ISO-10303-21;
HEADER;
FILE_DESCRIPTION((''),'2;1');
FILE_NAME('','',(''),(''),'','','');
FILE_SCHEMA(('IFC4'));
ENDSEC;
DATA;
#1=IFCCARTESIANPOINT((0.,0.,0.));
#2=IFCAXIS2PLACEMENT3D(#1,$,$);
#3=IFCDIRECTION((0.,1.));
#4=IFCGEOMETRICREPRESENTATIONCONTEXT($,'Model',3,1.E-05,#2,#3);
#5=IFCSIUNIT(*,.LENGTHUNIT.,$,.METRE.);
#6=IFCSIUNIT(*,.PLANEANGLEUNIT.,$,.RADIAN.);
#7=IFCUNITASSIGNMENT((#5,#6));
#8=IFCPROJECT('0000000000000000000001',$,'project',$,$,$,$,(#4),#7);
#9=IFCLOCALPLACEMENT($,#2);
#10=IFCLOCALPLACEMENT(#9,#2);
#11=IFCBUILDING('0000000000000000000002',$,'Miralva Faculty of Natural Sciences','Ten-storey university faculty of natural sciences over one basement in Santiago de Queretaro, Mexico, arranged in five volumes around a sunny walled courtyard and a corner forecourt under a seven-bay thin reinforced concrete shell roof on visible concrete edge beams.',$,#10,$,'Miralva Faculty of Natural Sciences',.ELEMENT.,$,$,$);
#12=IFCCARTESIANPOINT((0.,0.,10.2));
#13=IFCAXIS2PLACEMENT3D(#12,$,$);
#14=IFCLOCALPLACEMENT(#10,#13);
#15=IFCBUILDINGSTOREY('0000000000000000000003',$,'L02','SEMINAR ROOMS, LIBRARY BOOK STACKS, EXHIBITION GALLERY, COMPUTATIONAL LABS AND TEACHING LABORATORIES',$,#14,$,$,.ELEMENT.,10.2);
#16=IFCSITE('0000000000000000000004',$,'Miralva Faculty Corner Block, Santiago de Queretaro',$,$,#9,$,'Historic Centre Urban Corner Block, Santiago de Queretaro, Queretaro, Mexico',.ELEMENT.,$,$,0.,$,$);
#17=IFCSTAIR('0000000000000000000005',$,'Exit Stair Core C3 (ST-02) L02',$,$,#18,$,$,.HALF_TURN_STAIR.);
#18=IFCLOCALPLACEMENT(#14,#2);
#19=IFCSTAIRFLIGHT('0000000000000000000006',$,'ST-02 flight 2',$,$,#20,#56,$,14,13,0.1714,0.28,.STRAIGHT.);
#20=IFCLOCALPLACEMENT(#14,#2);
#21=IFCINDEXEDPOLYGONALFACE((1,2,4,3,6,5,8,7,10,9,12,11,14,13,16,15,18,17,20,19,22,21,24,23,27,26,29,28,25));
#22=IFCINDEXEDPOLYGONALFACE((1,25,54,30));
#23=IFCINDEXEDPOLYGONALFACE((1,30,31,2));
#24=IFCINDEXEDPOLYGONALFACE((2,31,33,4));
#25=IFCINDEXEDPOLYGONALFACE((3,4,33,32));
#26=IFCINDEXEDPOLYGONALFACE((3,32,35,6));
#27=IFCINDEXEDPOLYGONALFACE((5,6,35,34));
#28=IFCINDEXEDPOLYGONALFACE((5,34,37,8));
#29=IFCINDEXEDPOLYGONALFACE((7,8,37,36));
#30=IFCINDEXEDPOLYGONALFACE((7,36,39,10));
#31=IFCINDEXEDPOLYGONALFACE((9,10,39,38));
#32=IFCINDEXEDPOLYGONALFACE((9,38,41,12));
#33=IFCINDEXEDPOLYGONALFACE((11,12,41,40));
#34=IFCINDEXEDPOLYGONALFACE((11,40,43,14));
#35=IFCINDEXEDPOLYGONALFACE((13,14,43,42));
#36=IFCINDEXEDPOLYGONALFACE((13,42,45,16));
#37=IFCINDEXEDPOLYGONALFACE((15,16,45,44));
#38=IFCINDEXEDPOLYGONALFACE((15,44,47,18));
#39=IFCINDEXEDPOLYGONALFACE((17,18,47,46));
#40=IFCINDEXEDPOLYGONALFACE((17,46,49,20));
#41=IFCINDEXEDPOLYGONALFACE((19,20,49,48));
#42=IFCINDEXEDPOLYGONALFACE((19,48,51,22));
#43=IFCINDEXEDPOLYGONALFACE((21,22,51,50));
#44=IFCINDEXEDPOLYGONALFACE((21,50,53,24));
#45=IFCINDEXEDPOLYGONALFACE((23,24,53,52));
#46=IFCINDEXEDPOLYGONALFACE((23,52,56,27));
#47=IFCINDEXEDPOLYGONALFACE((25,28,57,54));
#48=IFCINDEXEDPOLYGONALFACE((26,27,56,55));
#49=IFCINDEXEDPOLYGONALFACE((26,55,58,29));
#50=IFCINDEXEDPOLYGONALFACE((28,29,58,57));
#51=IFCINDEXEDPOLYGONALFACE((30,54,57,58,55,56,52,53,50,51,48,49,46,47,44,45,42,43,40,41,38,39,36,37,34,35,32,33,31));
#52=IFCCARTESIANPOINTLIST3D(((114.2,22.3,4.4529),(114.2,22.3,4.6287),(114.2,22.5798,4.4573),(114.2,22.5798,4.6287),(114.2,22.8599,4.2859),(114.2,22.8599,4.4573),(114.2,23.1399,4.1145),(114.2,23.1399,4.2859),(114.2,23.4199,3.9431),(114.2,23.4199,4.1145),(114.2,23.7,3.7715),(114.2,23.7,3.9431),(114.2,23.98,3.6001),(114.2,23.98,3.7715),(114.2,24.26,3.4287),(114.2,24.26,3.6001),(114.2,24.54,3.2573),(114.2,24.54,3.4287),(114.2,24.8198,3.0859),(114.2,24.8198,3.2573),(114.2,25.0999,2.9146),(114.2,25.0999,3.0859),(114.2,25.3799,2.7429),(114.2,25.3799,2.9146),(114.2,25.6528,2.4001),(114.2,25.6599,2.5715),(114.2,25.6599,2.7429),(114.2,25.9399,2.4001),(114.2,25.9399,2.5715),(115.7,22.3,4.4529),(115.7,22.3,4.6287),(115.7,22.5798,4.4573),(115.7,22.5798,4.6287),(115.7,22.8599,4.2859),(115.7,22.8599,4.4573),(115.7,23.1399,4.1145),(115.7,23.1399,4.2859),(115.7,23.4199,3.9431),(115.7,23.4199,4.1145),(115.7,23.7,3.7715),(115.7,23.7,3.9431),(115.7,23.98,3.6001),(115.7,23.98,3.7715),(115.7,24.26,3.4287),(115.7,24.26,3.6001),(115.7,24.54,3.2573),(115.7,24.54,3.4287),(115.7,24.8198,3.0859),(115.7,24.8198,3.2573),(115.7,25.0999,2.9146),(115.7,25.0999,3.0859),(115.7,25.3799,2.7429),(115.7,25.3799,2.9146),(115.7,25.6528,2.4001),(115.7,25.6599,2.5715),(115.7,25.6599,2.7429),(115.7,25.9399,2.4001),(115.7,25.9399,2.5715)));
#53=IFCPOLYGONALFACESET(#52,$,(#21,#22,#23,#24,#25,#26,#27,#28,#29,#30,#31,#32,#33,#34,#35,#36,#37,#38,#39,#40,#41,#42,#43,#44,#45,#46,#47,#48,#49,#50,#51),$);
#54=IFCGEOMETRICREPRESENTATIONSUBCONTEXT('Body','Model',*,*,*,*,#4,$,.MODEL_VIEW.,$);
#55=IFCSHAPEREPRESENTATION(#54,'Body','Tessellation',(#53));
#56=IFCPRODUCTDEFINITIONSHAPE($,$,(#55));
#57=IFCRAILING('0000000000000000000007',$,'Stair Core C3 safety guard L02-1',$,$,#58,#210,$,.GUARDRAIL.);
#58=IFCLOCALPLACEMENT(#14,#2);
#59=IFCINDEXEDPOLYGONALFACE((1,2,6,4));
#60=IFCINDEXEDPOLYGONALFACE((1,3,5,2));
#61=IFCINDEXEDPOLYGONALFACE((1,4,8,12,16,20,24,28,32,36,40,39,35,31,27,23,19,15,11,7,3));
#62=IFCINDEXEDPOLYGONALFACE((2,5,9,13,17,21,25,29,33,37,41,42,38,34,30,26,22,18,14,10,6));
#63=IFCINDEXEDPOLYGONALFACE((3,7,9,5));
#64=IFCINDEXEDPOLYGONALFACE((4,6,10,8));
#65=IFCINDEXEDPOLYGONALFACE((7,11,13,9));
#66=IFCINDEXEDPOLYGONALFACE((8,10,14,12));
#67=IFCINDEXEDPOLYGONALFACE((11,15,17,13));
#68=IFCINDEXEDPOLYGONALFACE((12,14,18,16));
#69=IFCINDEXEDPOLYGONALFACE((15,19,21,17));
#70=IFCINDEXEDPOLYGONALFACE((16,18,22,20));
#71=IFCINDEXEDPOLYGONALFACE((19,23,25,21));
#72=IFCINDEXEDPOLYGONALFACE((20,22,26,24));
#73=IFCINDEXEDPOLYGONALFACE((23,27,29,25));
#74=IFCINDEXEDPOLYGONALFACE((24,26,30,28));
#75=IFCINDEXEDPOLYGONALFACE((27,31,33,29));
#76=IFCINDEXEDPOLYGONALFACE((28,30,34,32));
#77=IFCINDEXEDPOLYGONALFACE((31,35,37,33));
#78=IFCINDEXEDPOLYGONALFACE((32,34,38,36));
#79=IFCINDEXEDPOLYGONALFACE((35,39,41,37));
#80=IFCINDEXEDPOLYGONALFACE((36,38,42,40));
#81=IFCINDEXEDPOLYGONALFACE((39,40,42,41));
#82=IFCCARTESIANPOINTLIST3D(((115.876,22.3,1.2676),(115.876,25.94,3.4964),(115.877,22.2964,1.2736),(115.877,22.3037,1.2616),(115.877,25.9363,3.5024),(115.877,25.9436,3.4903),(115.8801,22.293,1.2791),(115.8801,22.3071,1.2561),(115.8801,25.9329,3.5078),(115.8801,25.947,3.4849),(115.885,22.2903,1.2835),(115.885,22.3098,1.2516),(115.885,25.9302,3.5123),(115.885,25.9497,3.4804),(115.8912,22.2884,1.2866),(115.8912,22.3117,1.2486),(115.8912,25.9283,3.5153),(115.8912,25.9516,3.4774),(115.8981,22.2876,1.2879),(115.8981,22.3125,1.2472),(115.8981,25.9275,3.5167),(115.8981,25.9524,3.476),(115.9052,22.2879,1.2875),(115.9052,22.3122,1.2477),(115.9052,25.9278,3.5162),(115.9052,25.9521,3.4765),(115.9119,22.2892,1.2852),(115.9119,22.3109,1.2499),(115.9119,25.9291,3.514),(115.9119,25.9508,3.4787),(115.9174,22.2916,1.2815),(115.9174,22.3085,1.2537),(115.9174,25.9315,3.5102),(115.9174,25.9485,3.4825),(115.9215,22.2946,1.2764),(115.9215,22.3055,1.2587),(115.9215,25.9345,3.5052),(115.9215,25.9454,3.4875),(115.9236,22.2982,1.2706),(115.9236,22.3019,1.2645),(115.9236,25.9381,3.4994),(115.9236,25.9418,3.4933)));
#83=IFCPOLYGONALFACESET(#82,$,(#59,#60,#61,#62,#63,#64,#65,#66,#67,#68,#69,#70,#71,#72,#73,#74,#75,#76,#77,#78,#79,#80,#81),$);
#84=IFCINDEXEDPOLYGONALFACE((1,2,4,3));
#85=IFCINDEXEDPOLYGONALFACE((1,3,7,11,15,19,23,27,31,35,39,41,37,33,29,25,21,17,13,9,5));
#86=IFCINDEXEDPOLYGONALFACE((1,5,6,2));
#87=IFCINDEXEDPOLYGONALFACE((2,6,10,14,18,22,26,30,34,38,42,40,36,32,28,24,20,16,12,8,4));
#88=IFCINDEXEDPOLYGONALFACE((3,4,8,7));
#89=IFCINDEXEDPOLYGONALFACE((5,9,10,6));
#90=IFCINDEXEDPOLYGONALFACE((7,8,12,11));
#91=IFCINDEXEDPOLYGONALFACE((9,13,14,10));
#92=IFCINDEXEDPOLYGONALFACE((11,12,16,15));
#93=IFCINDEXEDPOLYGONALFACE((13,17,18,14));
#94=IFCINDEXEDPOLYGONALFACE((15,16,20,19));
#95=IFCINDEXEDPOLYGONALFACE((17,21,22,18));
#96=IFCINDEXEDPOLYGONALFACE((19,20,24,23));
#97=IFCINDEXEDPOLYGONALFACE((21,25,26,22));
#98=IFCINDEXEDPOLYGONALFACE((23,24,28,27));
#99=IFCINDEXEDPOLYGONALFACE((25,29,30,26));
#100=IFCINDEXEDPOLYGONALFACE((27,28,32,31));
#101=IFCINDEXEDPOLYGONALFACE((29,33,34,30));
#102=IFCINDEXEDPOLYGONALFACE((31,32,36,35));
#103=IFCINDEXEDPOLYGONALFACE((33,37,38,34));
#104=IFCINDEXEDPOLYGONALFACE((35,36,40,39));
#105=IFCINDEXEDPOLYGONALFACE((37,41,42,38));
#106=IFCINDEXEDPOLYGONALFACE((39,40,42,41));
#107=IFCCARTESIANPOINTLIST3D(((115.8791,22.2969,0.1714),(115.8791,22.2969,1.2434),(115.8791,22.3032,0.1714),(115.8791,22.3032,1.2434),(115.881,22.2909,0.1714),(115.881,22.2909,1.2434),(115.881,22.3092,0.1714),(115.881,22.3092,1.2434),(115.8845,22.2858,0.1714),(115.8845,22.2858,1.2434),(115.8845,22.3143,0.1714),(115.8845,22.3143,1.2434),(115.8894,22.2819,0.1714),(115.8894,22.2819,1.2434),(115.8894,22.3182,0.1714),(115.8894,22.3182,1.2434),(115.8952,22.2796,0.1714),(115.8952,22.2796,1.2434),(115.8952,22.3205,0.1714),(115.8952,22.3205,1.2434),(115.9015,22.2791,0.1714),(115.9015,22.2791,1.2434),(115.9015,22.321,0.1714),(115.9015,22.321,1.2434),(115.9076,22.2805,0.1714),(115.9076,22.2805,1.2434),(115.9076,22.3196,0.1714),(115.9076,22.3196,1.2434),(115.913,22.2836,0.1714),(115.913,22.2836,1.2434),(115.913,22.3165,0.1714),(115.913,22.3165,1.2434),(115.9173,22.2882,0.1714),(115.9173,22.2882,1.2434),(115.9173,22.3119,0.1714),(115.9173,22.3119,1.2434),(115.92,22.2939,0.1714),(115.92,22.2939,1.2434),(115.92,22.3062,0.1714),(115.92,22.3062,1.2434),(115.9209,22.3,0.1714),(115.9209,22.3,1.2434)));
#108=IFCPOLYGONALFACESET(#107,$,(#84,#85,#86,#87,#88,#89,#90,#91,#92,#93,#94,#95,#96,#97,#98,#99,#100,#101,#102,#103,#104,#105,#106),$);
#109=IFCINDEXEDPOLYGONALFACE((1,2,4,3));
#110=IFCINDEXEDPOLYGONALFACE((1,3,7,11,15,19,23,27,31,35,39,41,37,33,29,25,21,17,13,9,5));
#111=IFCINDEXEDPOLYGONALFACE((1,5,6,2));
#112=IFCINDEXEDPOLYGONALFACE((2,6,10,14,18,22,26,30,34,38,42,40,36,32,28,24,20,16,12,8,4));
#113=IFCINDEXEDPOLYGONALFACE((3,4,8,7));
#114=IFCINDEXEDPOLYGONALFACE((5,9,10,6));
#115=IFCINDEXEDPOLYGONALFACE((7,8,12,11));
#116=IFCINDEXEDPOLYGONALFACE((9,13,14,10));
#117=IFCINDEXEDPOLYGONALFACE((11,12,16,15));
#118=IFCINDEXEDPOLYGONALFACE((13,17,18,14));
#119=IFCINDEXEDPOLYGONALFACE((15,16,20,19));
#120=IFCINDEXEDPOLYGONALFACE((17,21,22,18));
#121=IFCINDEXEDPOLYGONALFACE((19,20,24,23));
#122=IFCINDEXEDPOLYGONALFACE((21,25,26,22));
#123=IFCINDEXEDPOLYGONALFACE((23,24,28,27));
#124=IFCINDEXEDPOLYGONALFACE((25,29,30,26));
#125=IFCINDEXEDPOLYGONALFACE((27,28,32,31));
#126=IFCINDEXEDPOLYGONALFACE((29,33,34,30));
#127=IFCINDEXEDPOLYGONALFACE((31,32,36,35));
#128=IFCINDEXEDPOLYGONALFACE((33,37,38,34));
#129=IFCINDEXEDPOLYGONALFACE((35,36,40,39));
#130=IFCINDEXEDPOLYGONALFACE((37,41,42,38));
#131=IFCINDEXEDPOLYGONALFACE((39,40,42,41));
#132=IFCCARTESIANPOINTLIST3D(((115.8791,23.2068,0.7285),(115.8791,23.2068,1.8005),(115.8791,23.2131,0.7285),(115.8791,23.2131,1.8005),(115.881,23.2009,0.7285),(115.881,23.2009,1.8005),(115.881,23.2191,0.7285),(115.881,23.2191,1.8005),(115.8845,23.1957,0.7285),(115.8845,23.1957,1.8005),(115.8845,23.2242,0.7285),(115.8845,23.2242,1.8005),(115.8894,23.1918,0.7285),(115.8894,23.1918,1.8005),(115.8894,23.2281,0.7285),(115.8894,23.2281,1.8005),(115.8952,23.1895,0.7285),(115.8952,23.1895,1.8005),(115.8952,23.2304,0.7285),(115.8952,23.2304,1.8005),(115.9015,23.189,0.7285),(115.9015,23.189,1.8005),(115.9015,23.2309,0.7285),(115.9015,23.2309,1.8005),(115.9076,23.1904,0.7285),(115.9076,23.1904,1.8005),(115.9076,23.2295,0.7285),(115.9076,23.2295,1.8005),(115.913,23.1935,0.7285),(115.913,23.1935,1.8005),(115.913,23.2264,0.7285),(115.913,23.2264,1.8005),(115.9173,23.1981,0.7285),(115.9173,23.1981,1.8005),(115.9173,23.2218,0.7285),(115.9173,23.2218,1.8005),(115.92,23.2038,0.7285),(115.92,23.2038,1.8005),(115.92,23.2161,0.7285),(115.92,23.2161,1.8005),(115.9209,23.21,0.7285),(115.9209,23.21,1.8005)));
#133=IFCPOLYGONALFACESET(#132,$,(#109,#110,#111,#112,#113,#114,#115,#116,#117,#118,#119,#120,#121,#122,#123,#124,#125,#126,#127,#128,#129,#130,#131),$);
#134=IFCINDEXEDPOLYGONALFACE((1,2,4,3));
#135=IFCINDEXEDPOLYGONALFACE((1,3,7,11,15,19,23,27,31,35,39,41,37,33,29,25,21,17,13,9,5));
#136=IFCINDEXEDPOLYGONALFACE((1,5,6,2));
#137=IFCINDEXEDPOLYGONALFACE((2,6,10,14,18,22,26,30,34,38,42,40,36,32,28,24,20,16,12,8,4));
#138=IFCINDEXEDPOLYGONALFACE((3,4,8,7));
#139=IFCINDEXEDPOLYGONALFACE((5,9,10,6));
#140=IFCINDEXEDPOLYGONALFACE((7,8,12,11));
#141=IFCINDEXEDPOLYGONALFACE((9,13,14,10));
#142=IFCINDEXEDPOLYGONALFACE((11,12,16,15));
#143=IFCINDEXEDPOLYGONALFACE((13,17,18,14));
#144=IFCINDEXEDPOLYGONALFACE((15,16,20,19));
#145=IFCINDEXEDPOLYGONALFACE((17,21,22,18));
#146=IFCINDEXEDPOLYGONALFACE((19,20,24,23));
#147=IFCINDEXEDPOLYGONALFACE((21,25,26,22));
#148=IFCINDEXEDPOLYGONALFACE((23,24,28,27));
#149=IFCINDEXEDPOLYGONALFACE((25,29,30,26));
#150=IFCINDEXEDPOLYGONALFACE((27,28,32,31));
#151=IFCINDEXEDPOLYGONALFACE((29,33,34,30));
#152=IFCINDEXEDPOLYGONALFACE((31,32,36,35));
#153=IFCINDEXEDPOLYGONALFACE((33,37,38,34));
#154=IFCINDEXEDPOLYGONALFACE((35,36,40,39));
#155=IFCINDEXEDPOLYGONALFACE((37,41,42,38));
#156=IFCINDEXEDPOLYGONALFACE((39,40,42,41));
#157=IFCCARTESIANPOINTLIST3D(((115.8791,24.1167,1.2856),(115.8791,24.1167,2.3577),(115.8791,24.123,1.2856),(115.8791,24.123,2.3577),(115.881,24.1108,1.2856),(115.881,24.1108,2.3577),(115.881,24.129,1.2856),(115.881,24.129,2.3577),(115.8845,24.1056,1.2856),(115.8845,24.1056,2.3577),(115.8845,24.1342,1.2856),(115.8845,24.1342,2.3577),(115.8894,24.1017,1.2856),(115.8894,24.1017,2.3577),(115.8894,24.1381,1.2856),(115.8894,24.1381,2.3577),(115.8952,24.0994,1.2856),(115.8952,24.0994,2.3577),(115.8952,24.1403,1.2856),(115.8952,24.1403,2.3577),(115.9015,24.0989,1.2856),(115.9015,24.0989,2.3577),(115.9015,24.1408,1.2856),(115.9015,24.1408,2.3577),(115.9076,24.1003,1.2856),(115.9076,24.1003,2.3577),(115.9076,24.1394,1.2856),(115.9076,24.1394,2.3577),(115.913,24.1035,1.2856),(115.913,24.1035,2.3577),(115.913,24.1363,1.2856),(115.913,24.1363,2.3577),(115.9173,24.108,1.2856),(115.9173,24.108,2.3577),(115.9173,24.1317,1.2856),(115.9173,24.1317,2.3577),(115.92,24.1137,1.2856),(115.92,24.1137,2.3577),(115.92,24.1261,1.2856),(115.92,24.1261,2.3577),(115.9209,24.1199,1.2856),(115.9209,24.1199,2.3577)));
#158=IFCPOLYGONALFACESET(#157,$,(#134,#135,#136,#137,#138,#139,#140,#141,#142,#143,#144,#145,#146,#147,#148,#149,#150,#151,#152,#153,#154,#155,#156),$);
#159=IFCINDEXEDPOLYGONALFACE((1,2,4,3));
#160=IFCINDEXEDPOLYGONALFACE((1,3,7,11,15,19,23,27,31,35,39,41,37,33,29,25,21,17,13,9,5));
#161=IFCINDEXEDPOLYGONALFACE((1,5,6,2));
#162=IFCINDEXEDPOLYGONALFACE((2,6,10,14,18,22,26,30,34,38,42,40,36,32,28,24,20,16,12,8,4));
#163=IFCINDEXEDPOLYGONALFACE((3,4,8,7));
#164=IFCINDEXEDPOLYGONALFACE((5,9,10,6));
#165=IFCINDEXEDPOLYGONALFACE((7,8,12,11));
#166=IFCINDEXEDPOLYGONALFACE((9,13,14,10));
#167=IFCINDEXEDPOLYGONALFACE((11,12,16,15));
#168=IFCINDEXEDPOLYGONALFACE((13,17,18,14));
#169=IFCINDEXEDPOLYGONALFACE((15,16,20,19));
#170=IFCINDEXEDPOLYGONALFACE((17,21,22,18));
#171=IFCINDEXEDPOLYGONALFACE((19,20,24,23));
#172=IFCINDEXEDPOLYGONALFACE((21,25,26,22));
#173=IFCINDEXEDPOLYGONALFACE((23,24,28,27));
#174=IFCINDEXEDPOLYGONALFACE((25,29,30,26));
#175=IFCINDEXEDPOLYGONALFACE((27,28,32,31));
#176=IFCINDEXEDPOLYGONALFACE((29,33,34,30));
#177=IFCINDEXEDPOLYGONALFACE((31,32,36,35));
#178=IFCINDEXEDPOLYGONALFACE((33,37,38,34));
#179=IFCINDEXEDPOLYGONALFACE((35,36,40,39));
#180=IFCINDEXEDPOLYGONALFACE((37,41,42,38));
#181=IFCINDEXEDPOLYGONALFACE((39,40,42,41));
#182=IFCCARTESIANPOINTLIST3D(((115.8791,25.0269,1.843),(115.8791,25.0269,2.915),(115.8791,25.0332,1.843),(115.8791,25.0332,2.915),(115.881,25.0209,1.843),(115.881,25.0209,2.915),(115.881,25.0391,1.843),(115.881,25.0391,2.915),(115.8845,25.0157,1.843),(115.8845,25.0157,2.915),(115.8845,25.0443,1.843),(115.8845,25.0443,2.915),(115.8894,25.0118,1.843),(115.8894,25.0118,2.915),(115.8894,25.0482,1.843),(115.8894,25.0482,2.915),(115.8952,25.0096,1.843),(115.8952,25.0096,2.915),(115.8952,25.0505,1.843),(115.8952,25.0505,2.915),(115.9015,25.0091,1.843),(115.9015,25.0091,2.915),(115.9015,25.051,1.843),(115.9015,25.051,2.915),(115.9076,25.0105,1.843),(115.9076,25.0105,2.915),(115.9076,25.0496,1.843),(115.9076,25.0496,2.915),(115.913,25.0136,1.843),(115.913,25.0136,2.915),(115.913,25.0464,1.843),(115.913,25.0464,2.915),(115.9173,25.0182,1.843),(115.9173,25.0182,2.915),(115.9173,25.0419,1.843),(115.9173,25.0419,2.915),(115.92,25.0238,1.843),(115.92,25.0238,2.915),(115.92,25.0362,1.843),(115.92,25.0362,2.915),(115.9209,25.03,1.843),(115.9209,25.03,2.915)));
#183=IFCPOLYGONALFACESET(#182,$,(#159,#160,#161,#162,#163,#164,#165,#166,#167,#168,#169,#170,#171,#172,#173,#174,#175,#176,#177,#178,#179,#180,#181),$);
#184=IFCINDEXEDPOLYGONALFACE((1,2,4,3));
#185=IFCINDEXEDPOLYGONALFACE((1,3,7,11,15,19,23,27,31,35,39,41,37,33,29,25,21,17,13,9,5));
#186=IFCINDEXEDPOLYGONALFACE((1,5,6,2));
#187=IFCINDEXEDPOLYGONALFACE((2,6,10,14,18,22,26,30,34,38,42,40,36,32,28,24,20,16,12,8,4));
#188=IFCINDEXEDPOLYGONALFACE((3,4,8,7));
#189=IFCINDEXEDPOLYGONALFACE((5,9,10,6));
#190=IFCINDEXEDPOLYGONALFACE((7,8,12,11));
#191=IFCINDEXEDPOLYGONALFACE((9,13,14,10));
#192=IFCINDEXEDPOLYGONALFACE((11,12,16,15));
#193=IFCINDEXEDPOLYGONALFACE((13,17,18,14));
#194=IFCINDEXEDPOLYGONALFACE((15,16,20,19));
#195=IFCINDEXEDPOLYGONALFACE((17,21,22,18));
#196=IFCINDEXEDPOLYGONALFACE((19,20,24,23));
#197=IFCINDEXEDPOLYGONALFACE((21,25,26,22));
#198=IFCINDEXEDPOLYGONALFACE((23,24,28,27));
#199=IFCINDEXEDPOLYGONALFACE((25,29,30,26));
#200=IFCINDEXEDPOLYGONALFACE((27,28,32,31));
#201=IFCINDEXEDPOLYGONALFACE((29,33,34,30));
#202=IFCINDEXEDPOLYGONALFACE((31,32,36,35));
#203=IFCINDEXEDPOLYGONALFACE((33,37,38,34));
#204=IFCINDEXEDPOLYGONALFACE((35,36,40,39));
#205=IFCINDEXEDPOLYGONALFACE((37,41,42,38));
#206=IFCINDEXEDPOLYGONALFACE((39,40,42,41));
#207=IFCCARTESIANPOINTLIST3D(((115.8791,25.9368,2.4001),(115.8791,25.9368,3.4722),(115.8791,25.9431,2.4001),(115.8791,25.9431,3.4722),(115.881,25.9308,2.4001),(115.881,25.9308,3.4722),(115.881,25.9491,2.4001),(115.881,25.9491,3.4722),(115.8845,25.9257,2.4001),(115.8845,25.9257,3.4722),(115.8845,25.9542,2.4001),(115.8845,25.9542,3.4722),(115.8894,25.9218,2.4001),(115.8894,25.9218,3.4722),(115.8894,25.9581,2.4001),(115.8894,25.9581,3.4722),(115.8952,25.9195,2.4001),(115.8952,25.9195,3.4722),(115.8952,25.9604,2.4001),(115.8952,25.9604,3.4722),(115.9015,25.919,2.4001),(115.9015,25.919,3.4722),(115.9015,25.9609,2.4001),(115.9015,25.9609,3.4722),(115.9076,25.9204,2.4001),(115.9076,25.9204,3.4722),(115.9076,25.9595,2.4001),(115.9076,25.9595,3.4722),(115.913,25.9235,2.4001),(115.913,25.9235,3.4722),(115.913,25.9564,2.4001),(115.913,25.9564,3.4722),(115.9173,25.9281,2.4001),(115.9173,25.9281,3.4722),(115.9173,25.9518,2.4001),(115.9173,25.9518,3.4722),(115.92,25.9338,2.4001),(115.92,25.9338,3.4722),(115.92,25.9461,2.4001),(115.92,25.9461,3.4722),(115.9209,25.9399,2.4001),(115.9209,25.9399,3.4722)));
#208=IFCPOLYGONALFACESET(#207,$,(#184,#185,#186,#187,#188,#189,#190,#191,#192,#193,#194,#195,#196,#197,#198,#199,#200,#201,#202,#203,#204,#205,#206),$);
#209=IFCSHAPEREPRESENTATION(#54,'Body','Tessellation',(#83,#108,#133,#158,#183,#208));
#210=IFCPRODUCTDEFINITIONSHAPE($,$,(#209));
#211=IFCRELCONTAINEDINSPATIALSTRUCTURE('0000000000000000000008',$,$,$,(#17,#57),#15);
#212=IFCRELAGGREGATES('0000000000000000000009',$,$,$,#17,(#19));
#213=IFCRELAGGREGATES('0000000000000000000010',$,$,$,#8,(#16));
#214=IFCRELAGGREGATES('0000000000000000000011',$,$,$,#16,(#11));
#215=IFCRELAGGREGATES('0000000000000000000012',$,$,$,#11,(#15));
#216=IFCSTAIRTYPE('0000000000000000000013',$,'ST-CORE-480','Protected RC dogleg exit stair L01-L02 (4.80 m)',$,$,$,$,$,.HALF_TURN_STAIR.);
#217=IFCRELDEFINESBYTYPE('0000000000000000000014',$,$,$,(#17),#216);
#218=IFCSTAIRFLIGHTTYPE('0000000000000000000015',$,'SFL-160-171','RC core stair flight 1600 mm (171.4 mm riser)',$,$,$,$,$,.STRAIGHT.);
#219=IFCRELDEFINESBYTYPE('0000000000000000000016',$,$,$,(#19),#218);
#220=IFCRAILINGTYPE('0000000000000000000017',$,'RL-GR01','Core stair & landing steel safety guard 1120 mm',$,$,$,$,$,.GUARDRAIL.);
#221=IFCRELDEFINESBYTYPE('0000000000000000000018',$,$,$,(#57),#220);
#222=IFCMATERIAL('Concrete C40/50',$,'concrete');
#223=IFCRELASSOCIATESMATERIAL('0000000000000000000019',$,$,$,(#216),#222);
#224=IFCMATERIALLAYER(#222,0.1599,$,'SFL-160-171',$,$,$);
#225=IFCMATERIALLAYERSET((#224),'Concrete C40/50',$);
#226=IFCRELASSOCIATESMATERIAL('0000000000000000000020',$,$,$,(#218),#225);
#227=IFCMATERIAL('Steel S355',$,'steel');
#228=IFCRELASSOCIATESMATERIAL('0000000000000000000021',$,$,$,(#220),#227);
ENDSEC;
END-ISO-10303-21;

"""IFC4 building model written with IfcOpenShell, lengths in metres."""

from ifc_helpers import new_model, si_unit, direction, frame, origin, origin_2d, place, context, subcontext, project, spatial, polyline, circle, outline, extrude, material, layer, layer_set, type_object, element, aggregate, save


model = new_model("IFC4")

# Units and contexts
model_context = context("Model", 3, precision=1e-05, world=origin(), true_north=direction((0.0, 1.0)))
body_context = subcontext(model_context, "Body", "Model", "MODEL_VIEW")
ifc_project = project(units=[si_unit("LENGTHUNIT", "METRE"), si_unit("PLANEANGLEUNIT", "RADIAN")], contexts=[model_context])

# Site, building, storey
site_placement = place(None, origin())
site = spatial("IfcSite", under=ifc_project, at=site_placement, Name="Miralva Faculty Corner Block, Santiago de Queretaro", LongName="Historic Centre Urban Corner Block, Santiago de Queretaro, Queretaro, Mexico", CompositionType="ELEMENT", RefElevation=0.0)
building_placement = place(site_placement, origin())
building = spatial("IfcBuilding", under=site, at=building_placement, Name="Miralva Faculty of Natural Sciences", Description="Ten-storey university faculty of natural sciences over one basement in Santiago de Queretaro, Mexico, arranged in five volumes around a sunny walled courtyard and a corner forecourt under a seven-bay thin reinforced concrete shell roof on visible concrete edge beams.", LongName="Miralva Faculty of Natural Sciences", CompositionType="ELEMENT")
storey_placement = place(building_placement, frame((0.0, 0.0, 10.2)))
storey = spatial("IfcBuildingStorey", under=building, at=storey_placement, Name="L02", Description="SEMINAR ROOMS, LIBRARY BOOK STACKS, EXHIBITION GALLERY, COMPUTATIONAL LABS AND TEACHING LABORATORIES", CompositionType="ELEMENT", Elevation=10.2)

# Shared definitions
ifc_material_1 = material(Name="Concrete C40/50", Category="concrete")

# Stair, stair flight
stair_type = type_object("IfcStairType", Name="ST-CORE-480", Description="Protected RC dogleg exit stair L01-L02 (4.80 m)", PredefinedType="HALF_TURN_STAIR", material=ifc_material_1)
stair_placement = place(storey_placement, origin())
stair = element("IfcStair", 1, at=stair_placement, inside=storey, type_object=stair_type, Name="Exit Stair Core C3 (ST-02) L02", PredefinedType="HALF_TURN_STAIR")
ifc_layer_1 = layer(ifc_material_1, 0.1599, Name="SFL-160-171")
ifc_layer_set_1 = layer_set([ifc_layer_1], Name="Concrete C40/50")
stair_flight_type = type_object("IfcStairFlightType", Name="SFL-160-171", Description="RC core stair flight 1600 mm (171.4 mm riser)", PredefinedType="STRAIGHT", material=ifc_layer_set_1)
stair_flight_1_placement = place(storey_placement, frame((114.95, 25.9399, 2.4001), z_axis=(0.0, 0.0, 1.0), x_axis=(0.0, -1.0, 0.0)))
stair_flight_1 = element("IfcStairFlight", 2, at=stair_flight_1_placement, type_object=stair_flight_type, Name="ST-02 flight 2", NumberOfRisers=14, NumberOfTreads=13, PredefinedType="STRAIGHT", RiserHeight=0.1714, TreadLength=0.28, context=body_context, shape_type="SweptSolid", body=[
    extrude(outline(polyline([(0.0, 0.0), (0.0, 0.1714), (0.28, 0.1714), (0.28, 0.3428), (0.5601, 0.3428), (0.5601, 0.5144), (0.8401, 0.5144), (0.8401, 0.6858), (1.1201, 0.6858), (1.1201, 0.8572), (1.3999, 0.8572), (1.3999, 1.0286), (1.6799, 1.0286), (1.6799, 1.2), (1.96, 1.2), (1.96, 1.3713), (2.24, 1.3713), (2.24, 1.543), (2.52, 1.543), (2.52, 1.7144), (2.8, 1.7144), (2.8, 1.8857), (3.0801, 1.8857), (3.0801, 2.0571), (3.3601, 2.0571), (3.3601, 2.2285), (3.6399, 2.2285), (3.6399, 2.3999), (3.6399, 2.0527), (0.2871, 0.0), (0.0, 0.0)])), frame((0.0, 0.75, 0.0), z_axis=(0.0, -1.0, 0.0), x_axis=(1.0, 0.0, 0.0)), (0.0, 0.0, 1.0), 1.5),
])
aggregate(stair, [stair_flight_1])

# Railing
ifc_material_2 = material(Name="Steel S355", Category="steel")
railing_type_1 = type_object("IfcRailingType", Name="RL-GR01", Description="Core stair & landing steel safety guard 1120 mm", PredefinedType="GUARDRAIL", material=ifc_material_2)
railing_1_placement = place(storey_placement, frame((115.8999, 22.3, 0.1714)))
element("IfcRailing", 3, at=railing_1_placement, inside=storey, type_object=railing_type_1, Name="Stair Core C3 safety guard L02-1", PredefinedType="GUARDRAIL", context=body_context, shape_type="SweptSolid", body=[
    extrude(circle(Radius=0.0239, at=origin_2d()), frame((0.0, 0.0, 1.0962), z_axis=(0.0, 0.852825, 0.522197), x_axis=(-1.0, 0.0, 0.0)), (0.0, 0.0, 1.0), 4.2681),
    extrude(circle(Radius=0.021, at=origin_2d()), origin(), (0.0, 0.0, 1.0), 1.072),
    extrude(circle(Radius=0.021, at=origin_2d()), frame((0.0, 0.9099, 0.5571)), (0.0, 0.0, 1.0), 1.072),
    extrude(circle(Radius=0.021, at=origin_2d()), frame((0.0, 1.8198, 1.1143)), (0.0, 0.0, 1.0), 1.072),
    extrude(circle(Radius=0.021, at=origin_2d()), frame((0.0, 2.73, 1.6716)), (0.0, 0.0, 1.0), 1.072),
    extrude(circle(Radius=0.021, at=origin_2d()), frame((0.0, 3.6399, 2.2288)), (0.0, 0.0, 1.0), 1.072),
])

save(model, "model.ifc")
